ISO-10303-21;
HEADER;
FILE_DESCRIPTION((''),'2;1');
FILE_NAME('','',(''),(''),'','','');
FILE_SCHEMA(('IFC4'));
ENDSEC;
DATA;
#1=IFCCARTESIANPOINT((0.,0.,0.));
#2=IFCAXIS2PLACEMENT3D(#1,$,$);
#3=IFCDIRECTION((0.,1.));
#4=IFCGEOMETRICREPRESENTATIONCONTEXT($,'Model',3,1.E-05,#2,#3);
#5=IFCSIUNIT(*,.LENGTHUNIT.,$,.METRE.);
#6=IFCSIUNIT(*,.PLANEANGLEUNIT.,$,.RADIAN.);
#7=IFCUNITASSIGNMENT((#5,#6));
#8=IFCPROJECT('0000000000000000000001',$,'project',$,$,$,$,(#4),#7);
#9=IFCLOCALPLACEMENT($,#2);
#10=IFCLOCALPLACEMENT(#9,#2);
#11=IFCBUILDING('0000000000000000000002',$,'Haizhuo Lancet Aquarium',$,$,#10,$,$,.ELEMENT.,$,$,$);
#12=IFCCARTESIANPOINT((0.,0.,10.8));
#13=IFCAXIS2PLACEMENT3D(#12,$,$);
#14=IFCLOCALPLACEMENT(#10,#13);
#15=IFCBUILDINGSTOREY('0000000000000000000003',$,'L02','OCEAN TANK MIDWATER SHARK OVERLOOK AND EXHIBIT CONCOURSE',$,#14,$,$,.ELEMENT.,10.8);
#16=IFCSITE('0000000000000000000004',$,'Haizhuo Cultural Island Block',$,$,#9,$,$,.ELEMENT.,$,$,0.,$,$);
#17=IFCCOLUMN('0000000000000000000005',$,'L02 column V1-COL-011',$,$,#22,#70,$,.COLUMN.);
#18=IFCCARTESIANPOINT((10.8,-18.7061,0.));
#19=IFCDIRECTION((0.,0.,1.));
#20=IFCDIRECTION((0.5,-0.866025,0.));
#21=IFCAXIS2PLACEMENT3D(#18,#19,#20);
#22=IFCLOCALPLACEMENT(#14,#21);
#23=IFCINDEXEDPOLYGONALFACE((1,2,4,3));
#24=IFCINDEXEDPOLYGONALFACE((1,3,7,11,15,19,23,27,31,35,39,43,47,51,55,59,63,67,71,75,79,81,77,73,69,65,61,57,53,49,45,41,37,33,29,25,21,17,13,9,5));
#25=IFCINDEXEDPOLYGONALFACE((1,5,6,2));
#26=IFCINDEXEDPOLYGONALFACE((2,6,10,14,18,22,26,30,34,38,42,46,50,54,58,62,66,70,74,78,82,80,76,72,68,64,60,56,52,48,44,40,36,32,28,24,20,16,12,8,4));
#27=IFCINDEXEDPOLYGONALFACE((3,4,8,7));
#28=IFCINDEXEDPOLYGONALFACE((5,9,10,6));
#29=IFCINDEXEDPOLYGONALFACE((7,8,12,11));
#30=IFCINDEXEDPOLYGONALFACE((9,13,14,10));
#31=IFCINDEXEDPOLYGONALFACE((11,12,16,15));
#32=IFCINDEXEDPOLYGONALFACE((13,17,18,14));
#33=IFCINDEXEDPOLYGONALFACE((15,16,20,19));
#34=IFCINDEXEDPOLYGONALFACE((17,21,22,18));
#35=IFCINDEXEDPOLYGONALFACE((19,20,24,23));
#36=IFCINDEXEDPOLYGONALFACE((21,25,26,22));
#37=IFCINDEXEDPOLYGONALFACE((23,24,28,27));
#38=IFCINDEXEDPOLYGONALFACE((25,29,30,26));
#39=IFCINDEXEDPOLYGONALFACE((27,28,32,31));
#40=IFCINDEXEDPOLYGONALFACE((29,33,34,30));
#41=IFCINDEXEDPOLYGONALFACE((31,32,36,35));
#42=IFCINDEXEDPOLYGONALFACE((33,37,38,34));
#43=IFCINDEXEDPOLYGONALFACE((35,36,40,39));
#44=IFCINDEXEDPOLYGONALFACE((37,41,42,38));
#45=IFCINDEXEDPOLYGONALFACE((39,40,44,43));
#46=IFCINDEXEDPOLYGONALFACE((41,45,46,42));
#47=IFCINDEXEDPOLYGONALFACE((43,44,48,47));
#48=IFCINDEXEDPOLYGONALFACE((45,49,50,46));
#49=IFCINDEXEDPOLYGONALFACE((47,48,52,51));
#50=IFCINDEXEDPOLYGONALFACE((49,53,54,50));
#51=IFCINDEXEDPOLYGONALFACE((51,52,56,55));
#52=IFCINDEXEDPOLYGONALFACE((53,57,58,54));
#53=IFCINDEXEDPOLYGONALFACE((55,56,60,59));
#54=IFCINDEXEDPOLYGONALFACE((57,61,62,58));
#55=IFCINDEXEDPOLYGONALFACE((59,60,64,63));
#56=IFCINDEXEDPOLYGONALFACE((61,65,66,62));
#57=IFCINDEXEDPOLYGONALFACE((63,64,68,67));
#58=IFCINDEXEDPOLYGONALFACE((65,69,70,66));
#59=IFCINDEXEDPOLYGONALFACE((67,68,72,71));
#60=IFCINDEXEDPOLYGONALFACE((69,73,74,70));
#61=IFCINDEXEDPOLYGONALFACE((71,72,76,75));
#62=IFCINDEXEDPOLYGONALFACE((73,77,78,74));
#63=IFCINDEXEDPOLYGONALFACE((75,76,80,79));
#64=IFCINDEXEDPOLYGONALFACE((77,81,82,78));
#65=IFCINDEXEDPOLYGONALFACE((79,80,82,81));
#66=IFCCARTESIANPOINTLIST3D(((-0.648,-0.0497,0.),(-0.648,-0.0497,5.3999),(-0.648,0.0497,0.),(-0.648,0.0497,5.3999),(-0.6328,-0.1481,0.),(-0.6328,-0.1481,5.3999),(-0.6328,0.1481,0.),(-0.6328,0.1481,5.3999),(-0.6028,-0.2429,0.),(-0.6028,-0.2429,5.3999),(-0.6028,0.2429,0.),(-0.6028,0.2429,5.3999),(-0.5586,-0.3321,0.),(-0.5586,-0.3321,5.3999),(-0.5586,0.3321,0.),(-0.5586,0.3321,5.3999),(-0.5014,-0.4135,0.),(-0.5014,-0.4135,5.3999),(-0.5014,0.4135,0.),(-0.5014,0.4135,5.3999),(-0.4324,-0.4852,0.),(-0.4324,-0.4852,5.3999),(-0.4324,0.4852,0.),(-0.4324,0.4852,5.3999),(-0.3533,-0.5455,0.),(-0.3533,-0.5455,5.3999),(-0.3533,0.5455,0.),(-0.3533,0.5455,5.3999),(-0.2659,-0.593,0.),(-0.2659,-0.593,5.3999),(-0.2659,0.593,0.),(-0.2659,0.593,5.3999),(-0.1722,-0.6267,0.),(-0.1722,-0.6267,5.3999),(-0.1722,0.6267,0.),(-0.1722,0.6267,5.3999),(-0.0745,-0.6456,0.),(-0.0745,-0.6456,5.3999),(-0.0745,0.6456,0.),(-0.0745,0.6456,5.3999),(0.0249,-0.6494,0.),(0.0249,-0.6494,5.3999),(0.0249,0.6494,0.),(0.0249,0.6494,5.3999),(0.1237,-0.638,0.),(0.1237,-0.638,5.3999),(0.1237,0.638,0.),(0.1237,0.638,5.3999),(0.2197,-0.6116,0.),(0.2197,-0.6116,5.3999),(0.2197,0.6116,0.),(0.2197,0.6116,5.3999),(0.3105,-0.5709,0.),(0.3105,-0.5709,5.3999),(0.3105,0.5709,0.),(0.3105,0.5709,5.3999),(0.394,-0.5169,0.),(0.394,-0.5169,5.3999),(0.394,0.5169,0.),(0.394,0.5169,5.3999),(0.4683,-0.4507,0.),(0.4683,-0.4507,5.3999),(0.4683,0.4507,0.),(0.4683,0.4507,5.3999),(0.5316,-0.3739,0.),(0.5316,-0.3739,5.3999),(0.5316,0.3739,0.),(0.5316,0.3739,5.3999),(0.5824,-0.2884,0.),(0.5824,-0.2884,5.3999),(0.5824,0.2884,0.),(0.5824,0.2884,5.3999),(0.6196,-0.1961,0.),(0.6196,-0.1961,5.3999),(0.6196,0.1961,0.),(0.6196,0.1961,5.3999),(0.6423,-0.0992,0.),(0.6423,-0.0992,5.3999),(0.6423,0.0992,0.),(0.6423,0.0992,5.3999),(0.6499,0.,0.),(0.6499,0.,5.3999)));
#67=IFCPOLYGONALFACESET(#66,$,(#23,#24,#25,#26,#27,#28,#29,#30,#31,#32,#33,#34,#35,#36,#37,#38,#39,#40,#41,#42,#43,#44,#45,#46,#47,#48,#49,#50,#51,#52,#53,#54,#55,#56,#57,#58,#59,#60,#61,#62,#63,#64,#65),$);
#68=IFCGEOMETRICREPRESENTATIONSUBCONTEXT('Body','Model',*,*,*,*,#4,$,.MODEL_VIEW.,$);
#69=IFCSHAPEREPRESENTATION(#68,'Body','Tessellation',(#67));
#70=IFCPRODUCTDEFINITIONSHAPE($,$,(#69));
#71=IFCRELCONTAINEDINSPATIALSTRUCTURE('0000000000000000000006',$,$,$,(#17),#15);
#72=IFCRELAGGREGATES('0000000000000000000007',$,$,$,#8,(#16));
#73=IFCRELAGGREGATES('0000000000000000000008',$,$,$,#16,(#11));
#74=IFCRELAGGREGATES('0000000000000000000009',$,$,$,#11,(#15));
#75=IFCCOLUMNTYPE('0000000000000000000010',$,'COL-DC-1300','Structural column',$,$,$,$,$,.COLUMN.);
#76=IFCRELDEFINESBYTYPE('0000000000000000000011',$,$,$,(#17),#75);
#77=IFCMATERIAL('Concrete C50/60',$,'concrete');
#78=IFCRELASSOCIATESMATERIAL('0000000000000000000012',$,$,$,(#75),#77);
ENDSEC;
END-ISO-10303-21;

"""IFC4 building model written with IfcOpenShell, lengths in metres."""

from ifc_helpers import new_model, si_unit, direction, frame, origin, origin_2d, place, context, subcontext, project, spatial, circle, extrude, material, material_profile, profile_set, type_object, element, save


model = new_model("IFC4")

# Units and contexts
model_context = context("Model", 3, precision=1e-05, world=origin(), true_north=direction((0.0, 1.0)))
body_context = subcontext(model_context, "Body", "Model", "MODEL_VIEW")
ifc_project = project(units=[si_unit("LENGTHUNIT", "METRE"), si_unit("PLANEANGLEUNIT", "RADIAN")], contexts=[model_context])

# Site, building, storey
site_placement = place(None, origin())
site = spatial("IfcSite", under=ifc_project, at=site_placement, Name="Haizhuo Cultural Island Block", CompositionType="ELEMENT", RefElevation=0.0)
building_placement = place(site_placement, origin())
building = spatial("IfcBuilding", under=site, at=building_placement, Name="Haizhuo Lancet Aquarium", CompositionType="ELEMENT")
storey_placement = place(building_placement, frame((0.0, 0.0, 10.8)))
storey = spatial("IfcBuildingStorey", under=building, at=storey_placement, Name="L02", Description="OCEAN TANK MIDWATER SHARK OVERLOOK AND EXHIBIT CONCOURSE", CompositionType="ELEMENT", Elevation=10.8)

# Column
ifc_material_1 = material(Name="Concrete C50/60", Category="concrete")
ifc_material_profile_1 = material_profile(ifc_material_1, circle(Radius=0.6499, at=origin_2d()), Name="RC-DC 1300")
ifc_profile_set_1 = profile_set([ifc_material_profile_1], Name="Concrete C50/60")
column_type_1 = type_object("IfcColumnType", Name="COL-DC-1300", Description="Structural column", PredefinedType="COLUMN", material=ifc_profile_set_1)
column_1_placement = place(storey_placement, frame((10.8, -18.7061, 0.0), z_axis=(0.0, 0.0, 1.0), x_axis=(0.5, -0.866025, 0.0)))
element("IfcColumn", 1, at=column_1_placement, inside=storey, type_object=column_type_1, Name="L02 column V1-COL-011", PredefinedType="COLUMN", context=body_context, shape_type="SweptSolid", body=[
    extrude(circle(Radius=0.6499, at=origin_2d()), origin(), (0.0, 0.0, 1.0), 5.3999),
])

save(model, "model.ifc")
